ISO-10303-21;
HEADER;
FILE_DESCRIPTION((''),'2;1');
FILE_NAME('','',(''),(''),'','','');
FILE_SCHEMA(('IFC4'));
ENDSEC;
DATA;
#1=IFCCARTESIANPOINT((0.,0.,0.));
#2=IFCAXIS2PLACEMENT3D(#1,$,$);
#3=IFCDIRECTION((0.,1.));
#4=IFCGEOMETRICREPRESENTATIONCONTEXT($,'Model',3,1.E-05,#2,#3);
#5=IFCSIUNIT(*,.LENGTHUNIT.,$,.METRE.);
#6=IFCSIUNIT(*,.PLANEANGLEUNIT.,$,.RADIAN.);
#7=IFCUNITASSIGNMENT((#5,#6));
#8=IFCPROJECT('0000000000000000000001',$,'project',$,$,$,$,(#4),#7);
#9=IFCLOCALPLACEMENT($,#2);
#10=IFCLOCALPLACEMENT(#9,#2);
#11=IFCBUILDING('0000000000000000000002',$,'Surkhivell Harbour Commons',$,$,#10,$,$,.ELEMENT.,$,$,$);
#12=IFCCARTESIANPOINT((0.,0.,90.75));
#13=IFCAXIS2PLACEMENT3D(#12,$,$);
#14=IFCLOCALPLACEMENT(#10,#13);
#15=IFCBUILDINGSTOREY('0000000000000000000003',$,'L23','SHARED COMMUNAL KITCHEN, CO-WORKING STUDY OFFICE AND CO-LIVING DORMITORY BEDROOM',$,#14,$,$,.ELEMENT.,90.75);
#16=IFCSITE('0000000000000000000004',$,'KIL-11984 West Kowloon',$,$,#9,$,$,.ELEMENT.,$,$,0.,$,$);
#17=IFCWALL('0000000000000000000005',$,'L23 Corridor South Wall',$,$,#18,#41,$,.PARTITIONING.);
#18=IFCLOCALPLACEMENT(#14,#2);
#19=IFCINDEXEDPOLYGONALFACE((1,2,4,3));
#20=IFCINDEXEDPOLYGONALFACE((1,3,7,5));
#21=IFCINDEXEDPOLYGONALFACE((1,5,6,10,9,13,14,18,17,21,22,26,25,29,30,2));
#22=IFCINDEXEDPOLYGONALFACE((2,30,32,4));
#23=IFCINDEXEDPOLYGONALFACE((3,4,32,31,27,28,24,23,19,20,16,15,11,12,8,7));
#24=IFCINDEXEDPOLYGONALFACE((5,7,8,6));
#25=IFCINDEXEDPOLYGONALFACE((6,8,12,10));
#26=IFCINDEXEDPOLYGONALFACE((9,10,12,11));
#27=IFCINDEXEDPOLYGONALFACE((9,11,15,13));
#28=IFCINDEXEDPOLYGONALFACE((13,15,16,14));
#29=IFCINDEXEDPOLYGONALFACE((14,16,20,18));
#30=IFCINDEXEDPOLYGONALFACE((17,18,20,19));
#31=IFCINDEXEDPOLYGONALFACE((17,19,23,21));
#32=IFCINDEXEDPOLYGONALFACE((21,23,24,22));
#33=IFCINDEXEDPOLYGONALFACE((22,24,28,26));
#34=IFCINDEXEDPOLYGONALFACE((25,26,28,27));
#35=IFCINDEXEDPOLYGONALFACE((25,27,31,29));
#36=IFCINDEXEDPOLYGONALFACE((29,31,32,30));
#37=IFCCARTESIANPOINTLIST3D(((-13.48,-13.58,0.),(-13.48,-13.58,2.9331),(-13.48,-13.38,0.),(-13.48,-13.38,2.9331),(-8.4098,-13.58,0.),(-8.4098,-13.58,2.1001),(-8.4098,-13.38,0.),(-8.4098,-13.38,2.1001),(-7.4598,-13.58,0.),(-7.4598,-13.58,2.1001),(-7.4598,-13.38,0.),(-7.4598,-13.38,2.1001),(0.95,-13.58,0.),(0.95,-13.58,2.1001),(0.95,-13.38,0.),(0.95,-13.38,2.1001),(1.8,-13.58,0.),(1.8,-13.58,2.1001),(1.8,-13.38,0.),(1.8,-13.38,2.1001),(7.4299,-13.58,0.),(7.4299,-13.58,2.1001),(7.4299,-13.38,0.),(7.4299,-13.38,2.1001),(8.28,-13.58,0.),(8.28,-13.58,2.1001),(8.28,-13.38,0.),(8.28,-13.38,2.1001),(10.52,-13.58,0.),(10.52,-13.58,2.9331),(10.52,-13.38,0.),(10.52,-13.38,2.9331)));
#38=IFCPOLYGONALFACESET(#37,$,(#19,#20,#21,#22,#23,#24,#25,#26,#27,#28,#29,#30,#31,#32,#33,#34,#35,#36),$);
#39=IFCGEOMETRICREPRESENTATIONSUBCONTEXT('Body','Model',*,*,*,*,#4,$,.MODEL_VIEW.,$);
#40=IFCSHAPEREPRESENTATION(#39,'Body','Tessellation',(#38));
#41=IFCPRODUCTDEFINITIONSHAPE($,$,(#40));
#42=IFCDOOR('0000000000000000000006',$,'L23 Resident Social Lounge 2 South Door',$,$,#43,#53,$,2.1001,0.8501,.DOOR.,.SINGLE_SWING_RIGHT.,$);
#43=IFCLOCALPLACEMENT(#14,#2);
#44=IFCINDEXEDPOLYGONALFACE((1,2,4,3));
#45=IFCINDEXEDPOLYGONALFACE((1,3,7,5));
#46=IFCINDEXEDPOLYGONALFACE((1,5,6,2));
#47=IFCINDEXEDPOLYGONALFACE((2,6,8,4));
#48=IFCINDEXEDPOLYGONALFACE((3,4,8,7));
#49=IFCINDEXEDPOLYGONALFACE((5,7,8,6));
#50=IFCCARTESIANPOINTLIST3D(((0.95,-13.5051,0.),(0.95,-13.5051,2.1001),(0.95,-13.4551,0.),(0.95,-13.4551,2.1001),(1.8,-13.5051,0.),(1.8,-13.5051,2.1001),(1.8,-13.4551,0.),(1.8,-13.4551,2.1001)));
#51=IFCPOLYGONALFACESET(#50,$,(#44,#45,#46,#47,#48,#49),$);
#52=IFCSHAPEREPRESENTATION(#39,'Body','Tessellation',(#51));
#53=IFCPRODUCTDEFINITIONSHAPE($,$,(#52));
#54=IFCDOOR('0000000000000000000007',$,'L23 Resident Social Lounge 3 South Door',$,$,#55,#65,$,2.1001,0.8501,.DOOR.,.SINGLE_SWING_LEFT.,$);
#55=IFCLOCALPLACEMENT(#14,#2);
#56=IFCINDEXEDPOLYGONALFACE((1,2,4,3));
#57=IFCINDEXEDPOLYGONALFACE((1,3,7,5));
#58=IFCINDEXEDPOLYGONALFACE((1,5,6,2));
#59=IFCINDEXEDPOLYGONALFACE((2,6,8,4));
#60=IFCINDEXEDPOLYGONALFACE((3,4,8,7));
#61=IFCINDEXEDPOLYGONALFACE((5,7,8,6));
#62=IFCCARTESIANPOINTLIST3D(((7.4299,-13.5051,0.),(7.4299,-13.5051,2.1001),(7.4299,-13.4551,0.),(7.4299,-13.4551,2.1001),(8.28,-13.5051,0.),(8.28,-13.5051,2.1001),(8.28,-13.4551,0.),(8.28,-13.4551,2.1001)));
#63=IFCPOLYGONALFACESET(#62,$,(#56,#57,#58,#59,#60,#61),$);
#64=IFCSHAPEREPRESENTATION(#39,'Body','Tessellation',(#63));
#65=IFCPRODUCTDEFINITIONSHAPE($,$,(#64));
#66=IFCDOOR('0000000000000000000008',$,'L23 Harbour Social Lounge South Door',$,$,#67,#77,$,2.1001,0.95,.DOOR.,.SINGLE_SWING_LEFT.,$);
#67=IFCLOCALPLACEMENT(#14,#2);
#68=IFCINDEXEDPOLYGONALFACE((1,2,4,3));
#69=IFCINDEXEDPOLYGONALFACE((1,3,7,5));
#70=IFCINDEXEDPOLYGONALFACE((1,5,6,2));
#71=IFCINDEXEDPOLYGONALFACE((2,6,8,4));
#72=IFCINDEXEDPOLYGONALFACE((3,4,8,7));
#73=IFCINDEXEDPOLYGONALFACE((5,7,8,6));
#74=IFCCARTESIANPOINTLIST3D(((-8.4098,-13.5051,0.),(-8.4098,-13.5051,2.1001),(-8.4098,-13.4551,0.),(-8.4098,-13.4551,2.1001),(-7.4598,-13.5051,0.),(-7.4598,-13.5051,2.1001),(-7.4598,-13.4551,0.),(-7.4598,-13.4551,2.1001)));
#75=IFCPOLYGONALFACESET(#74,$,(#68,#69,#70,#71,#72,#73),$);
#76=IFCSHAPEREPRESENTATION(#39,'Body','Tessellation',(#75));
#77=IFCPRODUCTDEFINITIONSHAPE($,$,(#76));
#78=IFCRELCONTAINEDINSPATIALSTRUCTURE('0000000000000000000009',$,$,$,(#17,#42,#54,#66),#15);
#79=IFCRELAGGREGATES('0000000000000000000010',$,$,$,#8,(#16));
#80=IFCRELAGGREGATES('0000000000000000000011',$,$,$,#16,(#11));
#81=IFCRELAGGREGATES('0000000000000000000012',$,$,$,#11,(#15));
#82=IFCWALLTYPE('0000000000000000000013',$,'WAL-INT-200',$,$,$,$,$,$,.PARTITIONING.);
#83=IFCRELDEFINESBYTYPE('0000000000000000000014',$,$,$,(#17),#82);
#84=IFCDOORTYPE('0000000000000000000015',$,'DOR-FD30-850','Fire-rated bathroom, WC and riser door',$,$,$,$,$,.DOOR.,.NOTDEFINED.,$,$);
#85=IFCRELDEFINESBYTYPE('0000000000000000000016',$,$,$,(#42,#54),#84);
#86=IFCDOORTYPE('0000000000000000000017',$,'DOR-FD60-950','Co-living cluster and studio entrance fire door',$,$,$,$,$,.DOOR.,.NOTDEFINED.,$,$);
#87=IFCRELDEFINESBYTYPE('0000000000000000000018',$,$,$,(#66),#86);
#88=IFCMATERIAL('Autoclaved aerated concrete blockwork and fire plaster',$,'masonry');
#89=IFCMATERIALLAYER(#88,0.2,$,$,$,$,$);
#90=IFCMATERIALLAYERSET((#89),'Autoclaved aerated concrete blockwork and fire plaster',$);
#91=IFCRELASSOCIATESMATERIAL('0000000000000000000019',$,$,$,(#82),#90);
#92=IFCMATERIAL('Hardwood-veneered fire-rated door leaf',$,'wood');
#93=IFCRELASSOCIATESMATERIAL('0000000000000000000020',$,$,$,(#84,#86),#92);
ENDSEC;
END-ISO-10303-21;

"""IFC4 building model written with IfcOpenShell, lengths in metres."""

from ifc_helpers import new_model, si_unit, direction, frame, frame_2d, origin, place, context, subcontext, project, spatial, rectangle, extrude, material, layer, layer_set, type_object, element, fill, save


model = new_model("IFC4")

# Units and contexts
model_context = context("Model", 3, precision=1e-05, world=origin(), true_north=direction((0.0, 1.0)))
body_context = subcontext(model_context, "Body", "Model", "MODEL_VIEW")
ifc_project = project(units=[si_unit("LENGTHUNIT", "METRE"), si_unit("PLANEANGLEUNIT", "RADIAN")], contexts=[model_context])

# Site, building, storey
site_placement = place(None, origin())
site = spatial("IfcSite", under=ifc_project, at=site_placement, Name="KIL-11984 West Kowloon", CompositionType="ELEMENT", RefElevation=0.0)
building_placement = place(site_placement, origin())
building = spatial("IfcBuilding", under=site, at=building_placement, Name="Surkhivell Harbour Commons", CompositionType="ELEMENT")
storey_placement = place(building_placement, frame((0.0, 0.0, 90.75)))
storey = spatial("IfcBuildingStorey", under=building, at=storey_placement, Name="L23", Description="SHARED COMMUNAL KITCHEN, CO-WORKING STUDY OFFICE AND CO-LIVING DORMITORY BEDROOM", CompositionType="ELEMENT", Elevation=90.75)

# Shared definitions
ifc_material_1 = material(Name="Autoclaved aerated concrete blockwork and fire plaster", Category="masonry")
ifc_layer_1 = layer(ifc_material_1, 0.2)
ifc_layer_set_1 = layer_set([ifc_layer_1], Name="Autoclaved aerated concrete blockwork and fire plaster")
wall_type_1 = type_object("IfcWallType", Name="WAL-INT-200", PredefinedType="PARTITIONING", material=ifc_layer_set_1)

# Wall, openings, doors
wall_1_placement = place(storey_placement, frame((-13.48, -13.48, 0.0), z_axis=(0.0, 0.0, 1.0), x_axis=(1.0, 0.0, 0.0)))
wall_1 = element("IfcWall", 1, at=wall_1_placement, inside=storey, type_object=wall_type_1, Name="L23 Corridor South Wall", PredefinedType="PARTITIONING", context=body_context, shape_type="SweptSolid", body=[
    extrude(rectangle(XDim=24.0, YDim=0.2, at=frame_2d((12.0, 0.0))), origin(), (0.0, 0.0, 1.0), 2.9331),
])
opening_1_placement = place(wall_1_placement, frame((5.0701, 0.0, 0.0)))
opening_1 = element("IfcOpeningElement", 2, at=opening_1_placement, cuts=wall_1, PredefinedType="OPENING", context=body_context, shape_type="SweptSolid", body=[
    extrude(rectangle(XDim=0.95, YDim=2.1001, at=frame_2d((0.4751, 1.05))), frame((0.0, 0.1099, 0.0), z_axis=(0.0, -1.0, 0.0), x_axis=(1.0, 0.0, 0.0)), (0.0, 0.0, 1.0), 0.22),
])
opening_2_placement = place(wall_1_placement, frame((14.4299, 0.0, 0.0)))
opening_2 = element("IfcOpeningElement", 3, at=opening_2_placement, cuts=wall_1, PredefinedType="OPENING", context=body_context, shape_type="SweptSolid", body=[
    extrude(rectangle(XDim=0.8501, YDim=2.1001, at=frame_2d((0.425, 1.05))), frame((0.0, 0.1099, 0.0), z_axis=(0.0, -1.0, 0.0), x_axis=(1.0, 0.0, 0.0)), (0.0, 0.0, 1.0), 0.22),
])
opening_3_placement = place(wall_1_placement, frame((20.9099, 0.0, 0.0)))
opening_3 = element("IfcOpeningElement", 4, at=opening_3_placement, cuts=wall_1, PredefinedType="OPENING", context=body_context, shape_type="SweptSolid", body=[
    extrude(rectangle(XDim=0.8501, YDim=2.1001, at=frame_2d((0.425, 1.05))), frame((0.0, 0.1099, 0.0), z_axis=(0.0, -1.0, 0.0), x_axis=(1.0, 0.0, 0.0)), (0.0, 0.0, 1.0), 0.22),
])
ifc_material_2 = material(Name="Hardwood-veneered fire-rated door leaf", Category="wood")
door_type_1 = type_object("IfcDoorType", Name="DOR-FD30-850", Description="Fire-rated bathroom, WC and riser door", OperationType="NOTDEFINED", PredefinedType="DOOR", material=ifc_material_2)
door_1_placement = place(opening_2_placement, origin())
door_1 = element("IfcDoor", 5, at=door_1_placement, inside=storey, type_object=door_type_1, Name="L23 Resident Social Lounge 2 South Door", OperationType="SINGLE_SWING_RIGHT", OverallHeight=2.1001, OverallWidth=0.8501, PredefinedType="DOOR", context=body_context, shape_type="SweptSolid", body=[
    extrude(rectangle(XDim=0.8501, YDim=2.1001, at=frame_2d((0.425, 1.05))), frame((0.0, 0.0249, 0.0), z_axis=(0.0, -1.0, 0.0), x_axis=(1.0, 0.0, 0.0)), (0.0, 0.0, 1.0), 0.05),
])
fill(opening_2, door_1)
door_2_placement = place(opening_3_placement, origin())
door_2 = element("IfcDoor", 6, at=door_2_placement, inside=storey, type_object=door_type_1, Name="L23 Resident Social Lounge 3 South Door", OperationType="SINGLE_SWING_LEFT", OverallHeight=2.1001, OverallWidth=0.8501, PredefinedType="DOOR", context=body_context, shape_type="SweptSolid", body=[
    extrude(rectangle(XDim=0.8501, YDim=2.1001, at=frame_2d((0.425, 1.05))), frame((0.0, 0.0249, 0.0), z_axis=(0.0, -1.0, 0.0), x_axis=(1.0, 0.0, 0.0)), (0.0, 0.0, 1.0), 0.05),
])
fill(opening_3, door_2)
door_type_2 = type_object("IfcDoorType", Name="DOR-FD60-950", Description="Co-living cluster and studio entrance fire door", OperationType="NOTDEFINED", PredefinedType="DOOR", material=ifc_material_2)
door_3_placement = place(opening_1_placement, origin())
door_3 = element("IfcDoor", 7, at=door_3_placement, inside=storey, type_object=door_type_2, Name="L23 Harbour Social Lounge South Door", OperationType="SINGLE_SWING_LEFT", OverallHeight=2.1001, OverallWidth=0.95, PredefinedType="DOOR", context=body_context, shape_type="SweptSolid", body=[
    extrude(rectangle(XDim=0.95, YDim=2.1001, at=frame_2d((0.4751, 1.05))), frame((0.0, 0.0249, 0.0), z_axis=(0.0, -1.0, 0.0), x_axis=(1.0, 0.0, 0.0)), (0.0, 0.0, 1.0), 0.05),
])
fill(opening_1, door_3)

save(model, "model.ifc")
